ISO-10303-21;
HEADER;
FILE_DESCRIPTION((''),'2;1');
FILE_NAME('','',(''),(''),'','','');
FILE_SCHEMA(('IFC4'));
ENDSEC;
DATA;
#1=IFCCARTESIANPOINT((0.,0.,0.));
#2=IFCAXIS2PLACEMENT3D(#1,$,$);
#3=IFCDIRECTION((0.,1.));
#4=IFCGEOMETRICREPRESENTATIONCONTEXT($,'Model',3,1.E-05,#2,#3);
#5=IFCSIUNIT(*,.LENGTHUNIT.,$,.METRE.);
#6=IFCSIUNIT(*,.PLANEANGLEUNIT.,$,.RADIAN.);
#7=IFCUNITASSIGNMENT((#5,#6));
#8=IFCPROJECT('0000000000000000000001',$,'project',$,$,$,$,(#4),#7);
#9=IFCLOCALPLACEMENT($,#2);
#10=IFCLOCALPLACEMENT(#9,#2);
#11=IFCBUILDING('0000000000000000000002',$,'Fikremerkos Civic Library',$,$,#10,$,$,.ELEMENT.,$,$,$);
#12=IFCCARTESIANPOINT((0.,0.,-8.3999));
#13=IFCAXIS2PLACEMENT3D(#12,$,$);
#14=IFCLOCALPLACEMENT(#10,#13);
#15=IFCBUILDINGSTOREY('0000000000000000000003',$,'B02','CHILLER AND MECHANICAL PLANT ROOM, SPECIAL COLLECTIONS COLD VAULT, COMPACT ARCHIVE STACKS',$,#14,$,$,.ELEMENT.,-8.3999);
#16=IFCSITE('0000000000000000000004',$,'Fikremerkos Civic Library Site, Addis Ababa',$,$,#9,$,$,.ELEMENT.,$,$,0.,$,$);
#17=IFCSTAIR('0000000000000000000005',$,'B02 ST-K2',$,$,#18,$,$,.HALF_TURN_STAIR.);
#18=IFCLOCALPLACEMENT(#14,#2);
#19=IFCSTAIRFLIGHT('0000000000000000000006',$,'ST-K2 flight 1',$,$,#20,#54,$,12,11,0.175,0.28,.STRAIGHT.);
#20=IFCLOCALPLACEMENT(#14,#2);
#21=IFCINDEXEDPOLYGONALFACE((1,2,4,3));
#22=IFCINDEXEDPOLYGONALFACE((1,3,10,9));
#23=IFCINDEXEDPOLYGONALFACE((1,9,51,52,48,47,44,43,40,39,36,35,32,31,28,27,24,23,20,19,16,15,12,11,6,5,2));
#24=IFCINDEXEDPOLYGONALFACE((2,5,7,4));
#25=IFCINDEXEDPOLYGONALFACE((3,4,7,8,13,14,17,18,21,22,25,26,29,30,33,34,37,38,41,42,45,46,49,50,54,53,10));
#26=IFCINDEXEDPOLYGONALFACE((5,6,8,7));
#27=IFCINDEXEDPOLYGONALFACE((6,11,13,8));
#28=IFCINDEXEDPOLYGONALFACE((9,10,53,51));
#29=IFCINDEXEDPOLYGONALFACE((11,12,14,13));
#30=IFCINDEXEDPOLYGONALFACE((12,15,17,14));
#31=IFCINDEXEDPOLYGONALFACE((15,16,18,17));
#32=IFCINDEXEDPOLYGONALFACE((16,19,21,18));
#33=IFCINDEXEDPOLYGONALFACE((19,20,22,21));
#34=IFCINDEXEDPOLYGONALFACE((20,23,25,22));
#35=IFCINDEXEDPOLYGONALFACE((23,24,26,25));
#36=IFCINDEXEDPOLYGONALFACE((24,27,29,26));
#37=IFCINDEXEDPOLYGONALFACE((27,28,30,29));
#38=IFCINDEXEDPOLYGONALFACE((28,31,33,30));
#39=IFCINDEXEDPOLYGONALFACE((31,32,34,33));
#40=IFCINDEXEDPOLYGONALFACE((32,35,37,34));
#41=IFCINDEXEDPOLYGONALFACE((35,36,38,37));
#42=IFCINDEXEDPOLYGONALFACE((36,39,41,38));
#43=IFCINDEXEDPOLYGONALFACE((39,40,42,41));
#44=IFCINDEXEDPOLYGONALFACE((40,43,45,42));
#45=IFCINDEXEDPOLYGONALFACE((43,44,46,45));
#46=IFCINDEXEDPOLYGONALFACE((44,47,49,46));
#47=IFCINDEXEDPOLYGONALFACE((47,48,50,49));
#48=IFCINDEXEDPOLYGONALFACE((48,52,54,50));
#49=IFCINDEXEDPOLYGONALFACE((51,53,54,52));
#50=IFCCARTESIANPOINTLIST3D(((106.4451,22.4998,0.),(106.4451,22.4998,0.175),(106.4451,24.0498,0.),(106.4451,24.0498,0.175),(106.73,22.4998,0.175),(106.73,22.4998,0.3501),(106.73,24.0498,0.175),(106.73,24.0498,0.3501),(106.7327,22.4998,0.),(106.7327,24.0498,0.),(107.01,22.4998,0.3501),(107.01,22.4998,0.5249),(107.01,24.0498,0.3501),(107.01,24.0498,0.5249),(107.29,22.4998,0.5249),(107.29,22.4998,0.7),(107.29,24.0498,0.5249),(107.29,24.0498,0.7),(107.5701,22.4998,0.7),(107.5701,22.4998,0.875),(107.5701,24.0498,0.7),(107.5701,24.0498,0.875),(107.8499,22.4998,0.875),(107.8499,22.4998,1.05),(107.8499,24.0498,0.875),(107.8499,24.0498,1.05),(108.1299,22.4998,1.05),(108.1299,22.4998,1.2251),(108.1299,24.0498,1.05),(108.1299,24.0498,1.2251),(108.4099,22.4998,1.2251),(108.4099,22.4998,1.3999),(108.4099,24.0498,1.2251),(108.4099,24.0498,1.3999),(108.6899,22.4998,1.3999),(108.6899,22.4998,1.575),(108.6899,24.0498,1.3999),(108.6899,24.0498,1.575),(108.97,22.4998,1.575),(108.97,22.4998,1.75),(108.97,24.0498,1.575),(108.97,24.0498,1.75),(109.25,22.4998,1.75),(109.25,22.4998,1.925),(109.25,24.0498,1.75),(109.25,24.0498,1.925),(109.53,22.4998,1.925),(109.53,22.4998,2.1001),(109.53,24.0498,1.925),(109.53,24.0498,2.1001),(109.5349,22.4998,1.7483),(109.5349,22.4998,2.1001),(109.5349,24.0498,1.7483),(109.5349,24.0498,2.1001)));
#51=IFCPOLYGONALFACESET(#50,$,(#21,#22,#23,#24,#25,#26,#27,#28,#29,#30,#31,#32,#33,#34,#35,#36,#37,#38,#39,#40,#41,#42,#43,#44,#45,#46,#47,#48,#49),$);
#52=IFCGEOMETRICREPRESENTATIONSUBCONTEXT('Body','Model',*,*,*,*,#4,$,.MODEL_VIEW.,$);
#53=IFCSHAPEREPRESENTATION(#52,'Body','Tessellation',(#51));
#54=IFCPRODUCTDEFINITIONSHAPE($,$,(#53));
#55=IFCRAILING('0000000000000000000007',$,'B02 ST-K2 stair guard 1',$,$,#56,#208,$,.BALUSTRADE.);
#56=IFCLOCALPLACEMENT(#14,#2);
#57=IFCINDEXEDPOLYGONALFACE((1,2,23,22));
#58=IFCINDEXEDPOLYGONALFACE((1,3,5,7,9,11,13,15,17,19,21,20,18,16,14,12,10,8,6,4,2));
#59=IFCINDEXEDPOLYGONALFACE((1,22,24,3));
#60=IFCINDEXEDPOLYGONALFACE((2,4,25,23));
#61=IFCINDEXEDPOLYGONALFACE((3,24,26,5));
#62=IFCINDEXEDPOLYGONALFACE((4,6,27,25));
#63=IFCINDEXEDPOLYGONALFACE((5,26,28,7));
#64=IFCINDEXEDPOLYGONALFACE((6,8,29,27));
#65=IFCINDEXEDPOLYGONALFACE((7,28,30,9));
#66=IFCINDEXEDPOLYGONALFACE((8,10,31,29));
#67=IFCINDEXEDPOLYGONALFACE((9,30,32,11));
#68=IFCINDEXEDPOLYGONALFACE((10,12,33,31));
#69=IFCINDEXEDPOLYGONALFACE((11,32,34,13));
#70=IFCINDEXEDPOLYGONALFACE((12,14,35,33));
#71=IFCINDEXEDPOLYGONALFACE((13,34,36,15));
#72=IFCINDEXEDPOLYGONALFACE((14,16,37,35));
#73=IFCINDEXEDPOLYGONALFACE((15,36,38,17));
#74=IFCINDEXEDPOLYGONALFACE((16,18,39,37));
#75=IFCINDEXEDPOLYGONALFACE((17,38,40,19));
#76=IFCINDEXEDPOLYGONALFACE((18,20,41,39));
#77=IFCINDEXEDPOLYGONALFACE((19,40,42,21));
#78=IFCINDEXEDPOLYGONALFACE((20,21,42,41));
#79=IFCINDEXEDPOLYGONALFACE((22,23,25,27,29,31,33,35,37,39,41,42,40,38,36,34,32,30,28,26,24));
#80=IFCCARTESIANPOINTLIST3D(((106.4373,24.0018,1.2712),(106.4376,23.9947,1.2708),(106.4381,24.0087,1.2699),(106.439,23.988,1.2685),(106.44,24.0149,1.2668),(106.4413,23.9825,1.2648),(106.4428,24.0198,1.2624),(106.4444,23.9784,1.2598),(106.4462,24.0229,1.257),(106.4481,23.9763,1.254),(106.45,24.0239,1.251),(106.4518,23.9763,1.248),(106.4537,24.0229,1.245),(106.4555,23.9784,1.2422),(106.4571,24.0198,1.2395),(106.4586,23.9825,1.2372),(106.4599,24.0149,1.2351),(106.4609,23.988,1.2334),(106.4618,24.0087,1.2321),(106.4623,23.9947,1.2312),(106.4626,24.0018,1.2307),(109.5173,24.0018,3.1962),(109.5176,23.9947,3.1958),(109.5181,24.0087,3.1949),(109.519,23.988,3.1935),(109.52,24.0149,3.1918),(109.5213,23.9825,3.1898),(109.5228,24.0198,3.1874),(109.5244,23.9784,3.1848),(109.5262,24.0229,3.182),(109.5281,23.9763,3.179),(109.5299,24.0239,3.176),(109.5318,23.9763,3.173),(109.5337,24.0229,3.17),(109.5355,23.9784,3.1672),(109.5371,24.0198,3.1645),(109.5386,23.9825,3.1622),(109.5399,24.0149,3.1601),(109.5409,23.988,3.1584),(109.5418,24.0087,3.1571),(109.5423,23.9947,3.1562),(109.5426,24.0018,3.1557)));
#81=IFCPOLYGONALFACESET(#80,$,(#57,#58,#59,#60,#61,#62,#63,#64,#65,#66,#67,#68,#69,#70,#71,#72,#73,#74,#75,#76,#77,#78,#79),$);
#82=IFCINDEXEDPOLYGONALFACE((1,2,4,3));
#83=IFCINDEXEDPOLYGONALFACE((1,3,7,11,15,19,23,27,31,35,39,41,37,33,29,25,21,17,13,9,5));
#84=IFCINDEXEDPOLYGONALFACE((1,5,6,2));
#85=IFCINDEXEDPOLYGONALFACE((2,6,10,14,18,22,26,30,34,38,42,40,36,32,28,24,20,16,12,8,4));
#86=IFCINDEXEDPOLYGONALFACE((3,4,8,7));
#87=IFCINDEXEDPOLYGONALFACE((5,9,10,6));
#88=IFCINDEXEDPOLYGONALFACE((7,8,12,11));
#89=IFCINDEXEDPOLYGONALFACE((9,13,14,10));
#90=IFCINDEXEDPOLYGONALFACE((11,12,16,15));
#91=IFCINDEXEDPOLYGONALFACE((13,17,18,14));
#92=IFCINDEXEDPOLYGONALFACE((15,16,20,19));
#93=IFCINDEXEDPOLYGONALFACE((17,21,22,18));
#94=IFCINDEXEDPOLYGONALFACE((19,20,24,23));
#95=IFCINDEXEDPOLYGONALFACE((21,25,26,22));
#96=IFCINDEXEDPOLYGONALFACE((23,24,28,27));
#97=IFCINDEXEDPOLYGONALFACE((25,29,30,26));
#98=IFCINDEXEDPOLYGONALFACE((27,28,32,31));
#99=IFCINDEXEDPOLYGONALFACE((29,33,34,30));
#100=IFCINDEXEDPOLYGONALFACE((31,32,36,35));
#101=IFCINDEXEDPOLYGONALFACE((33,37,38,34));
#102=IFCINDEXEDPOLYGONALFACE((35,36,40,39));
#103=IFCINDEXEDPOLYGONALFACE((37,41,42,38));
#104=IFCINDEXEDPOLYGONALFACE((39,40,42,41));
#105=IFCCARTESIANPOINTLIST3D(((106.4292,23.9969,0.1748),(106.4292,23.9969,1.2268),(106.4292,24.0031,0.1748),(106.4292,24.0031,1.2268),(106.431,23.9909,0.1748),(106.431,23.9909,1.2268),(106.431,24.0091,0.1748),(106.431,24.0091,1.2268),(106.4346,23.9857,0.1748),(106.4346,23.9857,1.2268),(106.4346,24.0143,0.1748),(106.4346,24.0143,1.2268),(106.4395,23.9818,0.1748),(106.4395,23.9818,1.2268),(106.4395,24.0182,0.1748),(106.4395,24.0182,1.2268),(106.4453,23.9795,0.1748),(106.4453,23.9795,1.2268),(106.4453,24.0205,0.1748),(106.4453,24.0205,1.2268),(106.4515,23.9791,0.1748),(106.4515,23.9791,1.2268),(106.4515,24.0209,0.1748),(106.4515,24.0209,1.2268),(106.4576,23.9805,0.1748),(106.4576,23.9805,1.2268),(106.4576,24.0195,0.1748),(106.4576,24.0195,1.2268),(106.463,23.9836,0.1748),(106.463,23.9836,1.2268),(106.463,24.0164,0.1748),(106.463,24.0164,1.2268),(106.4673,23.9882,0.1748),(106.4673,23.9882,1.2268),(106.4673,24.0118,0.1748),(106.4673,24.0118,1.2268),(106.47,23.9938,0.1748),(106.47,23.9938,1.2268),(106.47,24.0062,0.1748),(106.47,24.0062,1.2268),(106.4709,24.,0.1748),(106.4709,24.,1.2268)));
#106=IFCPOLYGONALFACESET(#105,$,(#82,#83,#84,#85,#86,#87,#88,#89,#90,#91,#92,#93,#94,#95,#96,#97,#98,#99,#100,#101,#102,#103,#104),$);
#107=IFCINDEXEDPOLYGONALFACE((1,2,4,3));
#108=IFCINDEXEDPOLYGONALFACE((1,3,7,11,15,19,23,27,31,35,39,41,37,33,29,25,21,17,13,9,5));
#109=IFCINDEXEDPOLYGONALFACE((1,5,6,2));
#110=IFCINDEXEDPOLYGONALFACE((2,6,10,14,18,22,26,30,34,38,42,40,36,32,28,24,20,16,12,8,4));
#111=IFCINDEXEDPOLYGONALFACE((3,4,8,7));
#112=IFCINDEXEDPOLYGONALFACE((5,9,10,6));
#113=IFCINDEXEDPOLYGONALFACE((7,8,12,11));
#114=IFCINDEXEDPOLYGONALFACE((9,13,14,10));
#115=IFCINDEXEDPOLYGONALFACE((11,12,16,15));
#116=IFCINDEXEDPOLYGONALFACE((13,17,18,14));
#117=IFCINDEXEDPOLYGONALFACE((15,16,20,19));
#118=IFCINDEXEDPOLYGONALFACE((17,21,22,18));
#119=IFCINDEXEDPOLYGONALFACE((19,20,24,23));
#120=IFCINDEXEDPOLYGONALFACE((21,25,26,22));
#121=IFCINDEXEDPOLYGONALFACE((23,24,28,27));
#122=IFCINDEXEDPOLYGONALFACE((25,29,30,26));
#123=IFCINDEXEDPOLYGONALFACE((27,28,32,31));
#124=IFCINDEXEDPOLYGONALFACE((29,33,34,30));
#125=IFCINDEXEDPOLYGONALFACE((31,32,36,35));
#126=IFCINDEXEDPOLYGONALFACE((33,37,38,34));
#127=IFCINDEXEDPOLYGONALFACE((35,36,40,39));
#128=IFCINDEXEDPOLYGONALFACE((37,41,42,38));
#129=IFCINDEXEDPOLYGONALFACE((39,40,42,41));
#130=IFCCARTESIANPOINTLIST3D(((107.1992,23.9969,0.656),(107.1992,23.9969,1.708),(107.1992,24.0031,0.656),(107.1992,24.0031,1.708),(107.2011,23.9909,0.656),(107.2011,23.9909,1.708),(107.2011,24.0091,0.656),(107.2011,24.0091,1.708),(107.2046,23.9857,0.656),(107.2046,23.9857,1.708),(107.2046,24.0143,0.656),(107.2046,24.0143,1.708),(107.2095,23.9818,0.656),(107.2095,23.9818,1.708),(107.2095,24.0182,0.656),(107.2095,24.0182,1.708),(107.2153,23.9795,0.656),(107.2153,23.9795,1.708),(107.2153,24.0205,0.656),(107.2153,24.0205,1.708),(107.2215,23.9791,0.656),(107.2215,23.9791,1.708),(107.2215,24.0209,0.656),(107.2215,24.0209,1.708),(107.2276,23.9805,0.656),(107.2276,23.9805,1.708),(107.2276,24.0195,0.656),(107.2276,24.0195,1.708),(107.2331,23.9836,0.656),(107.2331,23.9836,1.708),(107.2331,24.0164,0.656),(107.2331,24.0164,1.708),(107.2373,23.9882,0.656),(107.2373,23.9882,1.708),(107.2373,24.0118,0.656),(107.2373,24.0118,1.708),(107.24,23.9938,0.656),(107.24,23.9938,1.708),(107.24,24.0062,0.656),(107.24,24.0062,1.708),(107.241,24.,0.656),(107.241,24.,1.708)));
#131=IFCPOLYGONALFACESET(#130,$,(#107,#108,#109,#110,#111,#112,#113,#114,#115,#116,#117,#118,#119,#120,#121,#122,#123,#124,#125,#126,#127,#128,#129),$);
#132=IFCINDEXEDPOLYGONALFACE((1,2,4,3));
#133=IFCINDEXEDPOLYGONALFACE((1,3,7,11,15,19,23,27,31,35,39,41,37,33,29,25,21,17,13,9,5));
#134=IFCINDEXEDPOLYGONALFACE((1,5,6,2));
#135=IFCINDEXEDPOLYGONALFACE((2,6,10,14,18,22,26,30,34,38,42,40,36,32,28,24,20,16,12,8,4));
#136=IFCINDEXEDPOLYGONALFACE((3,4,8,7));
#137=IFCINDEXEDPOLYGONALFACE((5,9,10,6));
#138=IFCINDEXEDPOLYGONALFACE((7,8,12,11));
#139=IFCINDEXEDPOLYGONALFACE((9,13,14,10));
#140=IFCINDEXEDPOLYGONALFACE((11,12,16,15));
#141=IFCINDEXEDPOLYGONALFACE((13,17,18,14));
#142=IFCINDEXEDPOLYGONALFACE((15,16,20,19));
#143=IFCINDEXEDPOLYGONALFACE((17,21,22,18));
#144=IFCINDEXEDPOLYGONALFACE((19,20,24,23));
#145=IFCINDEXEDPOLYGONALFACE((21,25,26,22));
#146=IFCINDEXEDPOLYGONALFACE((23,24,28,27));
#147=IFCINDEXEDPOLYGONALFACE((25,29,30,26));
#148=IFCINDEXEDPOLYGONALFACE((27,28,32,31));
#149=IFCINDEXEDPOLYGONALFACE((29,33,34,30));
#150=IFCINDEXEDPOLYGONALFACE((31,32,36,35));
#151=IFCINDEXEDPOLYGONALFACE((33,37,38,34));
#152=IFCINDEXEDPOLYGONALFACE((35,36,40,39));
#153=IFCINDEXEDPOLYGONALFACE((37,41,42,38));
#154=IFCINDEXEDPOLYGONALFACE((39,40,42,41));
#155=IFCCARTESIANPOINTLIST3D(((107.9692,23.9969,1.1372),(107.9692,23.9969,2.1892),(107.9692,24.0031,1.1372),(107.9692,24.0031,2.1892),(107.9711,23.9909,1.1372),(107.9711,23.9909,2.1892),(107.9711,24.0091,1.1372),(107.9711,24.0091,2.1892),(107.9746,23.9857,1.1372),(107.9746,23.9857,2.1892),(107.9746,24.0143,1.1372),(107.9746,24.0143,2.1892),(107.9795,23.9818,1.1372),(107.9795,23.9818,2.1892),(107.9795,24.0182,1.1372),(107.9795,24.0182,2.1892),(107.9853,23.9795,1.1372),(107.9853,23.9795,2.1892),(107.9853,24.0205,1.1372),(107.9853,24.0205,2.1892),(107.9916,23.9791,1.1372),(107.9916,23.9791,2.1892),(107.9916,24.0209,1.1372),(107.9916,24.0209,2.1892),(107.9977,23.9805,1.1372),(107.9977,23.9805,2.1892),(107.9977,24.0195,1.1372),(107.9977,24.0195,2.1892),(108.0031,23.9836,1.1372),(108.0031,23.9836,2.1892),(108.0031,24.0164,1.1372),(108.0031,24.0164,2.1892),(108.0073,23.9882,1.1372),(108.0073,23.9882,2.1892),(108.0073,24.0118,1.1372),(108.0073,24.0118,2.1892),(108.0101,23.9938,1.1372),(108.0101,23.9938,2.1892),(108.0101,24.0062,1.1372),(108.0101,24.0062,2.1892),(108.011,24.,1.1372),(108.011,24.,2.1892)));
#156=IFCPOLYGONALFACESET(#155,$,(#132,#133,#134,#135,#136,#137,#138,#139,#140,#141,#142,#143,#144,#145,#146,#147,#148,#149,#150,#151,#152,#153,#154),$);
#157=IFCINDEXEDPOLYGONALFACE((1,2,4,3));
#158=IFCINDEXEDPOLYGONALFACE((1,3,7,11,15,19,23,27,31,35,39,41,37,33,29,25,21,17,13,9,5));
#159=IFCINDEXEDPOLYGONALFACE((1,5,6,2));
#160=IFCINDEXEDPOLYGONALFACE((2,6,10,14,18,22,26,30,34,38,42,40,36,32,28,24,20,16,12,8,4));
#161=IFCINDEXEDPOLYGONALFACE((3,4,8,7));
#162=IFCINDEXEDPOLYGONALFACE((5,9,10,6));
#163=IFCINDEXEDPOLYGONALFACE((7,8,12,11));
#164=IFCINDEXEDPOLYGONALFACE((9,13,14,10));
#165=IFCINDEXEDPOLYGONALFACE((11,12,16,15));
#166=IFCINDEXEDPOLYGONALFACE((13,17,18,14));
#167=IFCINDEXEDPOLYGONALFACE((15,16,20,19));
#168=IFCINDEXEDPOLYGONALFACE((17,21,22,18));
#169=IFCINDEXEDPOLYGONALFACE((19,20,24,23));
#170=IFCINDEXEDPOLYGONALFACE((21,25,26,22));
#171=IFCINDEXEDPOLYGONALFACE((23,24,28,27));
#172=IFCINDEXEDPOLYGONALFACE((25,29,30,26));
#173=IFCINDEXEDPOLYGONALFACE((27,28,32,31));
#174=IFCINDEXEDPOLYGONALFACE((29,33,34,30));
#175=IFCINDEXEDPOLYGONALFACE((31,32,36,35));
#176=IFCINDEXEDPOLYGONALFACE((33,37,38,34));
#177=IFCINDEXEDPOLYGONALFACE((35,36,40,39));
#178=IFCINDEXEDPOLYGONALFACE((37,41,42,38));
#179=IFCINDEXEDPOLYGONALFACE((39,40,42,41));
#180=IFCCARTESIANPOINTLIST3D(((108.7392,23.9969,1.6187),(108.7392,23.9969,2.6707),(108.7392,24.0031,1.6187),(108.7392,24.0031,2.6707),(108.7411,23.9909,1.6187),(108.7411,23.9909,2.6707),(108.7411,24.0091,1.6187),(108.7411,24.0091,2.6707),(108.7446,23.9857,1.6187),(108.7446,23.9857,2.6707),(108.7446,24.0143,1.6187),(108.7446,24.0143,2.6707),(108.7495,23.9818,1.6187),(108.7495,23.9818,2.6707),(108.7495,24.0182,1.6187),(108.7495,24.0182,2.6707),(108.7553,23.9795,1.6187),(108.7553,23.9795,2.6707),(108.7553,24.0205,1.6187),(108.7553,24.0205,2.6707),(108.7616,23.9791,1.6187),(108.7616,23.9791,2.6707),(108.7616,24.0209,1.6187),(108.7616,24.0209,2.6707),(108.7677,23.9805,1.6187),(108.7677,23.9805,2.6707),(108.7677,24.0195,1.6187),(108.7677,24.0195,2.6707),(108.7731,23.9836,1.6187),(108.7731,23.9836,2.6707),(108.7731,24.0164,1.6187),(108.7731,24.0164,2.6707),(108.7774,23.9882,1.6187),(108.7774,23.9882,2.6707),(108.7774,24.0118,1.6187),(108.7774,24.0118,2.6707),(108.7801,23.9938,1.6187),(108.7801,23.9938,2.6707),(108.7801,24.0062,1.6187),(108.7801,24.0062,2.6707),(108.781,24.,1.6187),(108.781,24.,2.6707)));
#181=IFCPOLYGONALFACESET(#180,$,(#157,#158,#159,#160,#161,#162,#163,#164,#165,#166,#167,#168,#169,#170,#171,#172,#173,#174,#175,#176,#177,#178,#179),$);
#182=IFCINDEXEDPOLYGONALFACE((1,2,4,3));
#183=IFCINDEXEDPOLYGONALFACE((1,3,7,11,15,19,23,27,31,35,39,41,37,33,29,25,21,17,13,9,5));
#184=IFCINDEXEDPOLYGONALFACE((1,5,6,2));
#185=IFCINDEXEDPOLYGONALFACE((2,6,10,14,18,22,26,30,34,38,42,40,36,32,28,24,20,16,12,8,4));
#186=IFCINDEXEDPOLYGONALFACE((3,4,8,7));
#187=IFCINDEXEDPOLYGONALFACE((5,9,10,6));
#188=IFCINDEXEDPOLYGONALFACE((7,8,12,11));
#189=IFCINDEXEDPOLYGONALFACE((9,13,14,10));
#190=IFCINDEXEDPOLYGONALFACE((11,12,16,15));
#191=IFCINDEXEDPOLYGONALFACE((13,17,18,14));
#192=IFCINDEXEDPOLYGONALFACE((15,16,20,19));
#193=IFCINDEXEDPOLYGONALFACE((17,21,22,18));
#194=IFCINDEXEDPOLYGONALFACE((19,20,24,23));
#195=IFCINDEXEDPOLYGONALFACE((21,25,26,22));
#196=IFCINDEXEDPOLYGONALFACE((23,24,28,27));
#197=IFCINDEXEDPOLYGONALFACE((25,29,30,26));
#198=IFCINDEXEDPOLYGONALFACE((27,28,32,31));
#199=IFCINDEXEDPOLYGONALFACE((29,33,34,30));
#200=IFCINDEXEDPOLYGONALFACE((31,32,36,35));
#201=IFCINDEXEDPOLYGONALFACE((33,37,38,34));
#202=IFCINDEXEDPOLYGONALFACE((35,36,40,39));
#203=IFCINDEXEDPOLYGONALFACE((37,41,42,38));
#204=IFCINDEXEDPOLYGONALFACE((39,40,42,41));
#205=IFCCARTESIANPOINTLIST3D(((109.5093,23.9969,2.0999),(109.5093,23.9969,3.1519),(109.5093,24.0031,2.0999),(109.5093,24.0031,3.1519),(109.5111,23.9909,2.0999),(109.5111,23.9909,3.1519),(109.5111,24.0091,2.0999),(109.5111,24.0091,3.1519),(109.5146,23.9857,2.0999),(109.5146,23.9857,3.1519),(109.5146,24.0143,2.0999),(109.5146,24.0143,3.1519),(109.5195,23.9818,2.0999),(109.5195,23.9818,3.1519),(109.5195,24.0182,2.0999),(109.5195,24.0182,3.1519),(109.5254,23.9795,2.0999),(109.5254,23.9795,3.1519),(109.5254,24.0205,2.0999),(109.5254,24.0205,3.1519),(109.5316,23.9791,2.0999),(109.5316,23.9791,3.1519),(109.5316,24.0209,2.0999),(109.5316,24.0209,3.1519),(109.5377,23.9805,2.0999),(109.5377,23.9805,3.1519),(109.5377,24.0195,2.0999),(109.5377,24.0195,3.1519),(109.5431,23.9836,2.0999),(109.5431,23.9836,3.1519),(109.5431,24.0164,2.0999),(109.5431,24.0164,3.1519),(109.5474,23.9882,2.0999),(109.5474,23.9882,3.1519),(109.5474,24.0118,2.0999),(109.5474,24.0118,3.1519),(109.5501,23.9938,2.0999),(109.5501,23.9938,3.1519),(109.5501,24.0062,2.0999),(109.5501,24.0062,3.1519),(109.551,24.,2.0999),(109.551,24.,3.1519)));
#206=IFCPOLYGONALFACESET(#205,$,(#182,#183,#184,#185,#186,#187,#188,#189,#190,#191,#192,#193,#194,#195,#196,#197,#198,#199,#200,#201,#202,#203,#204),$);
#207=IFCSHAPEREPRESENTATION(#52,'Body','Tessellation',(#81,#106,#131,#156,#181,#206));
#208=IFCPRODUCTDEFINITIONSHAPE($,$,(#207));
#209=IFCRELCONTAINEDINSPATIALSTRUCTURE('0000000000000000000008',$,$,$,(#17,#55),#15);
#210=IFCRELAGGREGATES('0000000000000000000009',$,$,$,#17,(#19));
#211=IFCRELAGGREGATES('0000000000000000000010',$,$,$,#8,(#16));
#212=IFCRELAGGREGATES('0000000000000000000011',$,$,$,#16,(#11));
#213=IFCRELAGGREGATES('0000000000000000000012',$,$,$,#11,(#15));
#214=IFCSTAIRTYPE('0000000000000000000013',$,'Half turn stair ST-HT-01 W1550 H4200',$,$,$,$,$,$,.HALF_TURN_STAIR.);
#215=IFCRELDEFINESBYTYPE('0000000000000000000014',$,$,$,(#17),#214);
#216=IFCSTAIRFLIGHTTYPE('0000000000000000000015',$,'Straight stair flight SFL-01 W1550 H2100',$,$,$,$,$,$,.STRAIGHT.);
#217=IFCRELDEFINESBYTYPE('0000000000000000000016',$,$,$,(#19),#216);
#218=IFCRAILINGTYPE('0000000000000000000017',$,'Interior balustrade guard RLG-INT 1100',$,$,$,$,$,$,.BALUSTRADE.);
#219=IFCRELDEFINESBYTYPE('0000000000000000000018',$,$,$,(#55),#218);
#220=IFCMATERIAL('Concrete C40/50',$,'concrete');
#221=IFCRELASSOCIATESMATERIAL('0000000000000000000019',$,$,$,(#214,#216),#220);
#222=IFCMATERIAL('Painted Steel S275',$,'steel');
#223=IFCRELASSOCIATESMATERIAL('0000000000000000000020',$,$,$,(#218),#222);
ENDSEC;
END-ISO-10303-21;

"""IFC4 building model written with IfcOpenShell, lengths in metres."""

from ifc_helpers import new_model, si_unit, direction, frame, origin, origin_2d, place, context, subcontext, project, spatial, polyline, circle, outline, extrude, material, type_object, element, aggregate, save


model = new_model("IFC4")

# Units and contexts
model_context = context("Model", 3, precision=1e-05, world=origin(), true_north=direction((0.0, 1.0)))
body_context = subcontext(model_context, "Body", "Model", "MODEL_VIEW")
ifc_project = project(units=[si_unit("LENGTHUNIT", "METRE"), si_unit("PLANEANGLEUNIT", "RADIAN")], contexts=[model_context])

# Site, building, storey
site_placement = place(None, origin())
site = spatial("IfcSite", under=ifc_project, at=site_placement, Name="Fikremerkos Civic Library Site, Addis Ababa", CompositionType="ELEMENT", RefElevation=0.0)
building_placement = place(site_placement, origin())
building = spatial("IfcBuilding", under=site, at=building_placement, Name="Fikremerkos Civic Library", CompositionType="ELEMENT")
storey_placement = place(building_placement, frame((0.0, 0.0, -8.3999)))
storey = spatial("IfcBuildingStorey", under=building, at=storey_placement, Name="B02", Description="CHILLER AND MECHANICAL PLANT ROOM, SPECIAL COLLECTIONS COLD VAULT, COMPACT ARCHIVE STACKS", CompositionType="ELEMENT", Elevation=-8.3999)

# Shared definitions
ifc_material_1 = material(Name="Concrete C40/50", Category="concrete")

# Stair, stair flight
stair_type = type_object("IfcStairType", Name="Half turn stair ST-HT-01 W1550 H4200", PredefinedType="HALF_TURN_STAIR", material=ifc_material_1)
stair_placement = place(storey_placement, origin())
stair = element("IfcStair", 1, at=stair_placement, inside=storey, type_object=stair_type, Name="B02 ST-K2", PredefinedType="HALF_TURN_STAIR")
stair_flight_type = type_object("IfcStairFlightType", Name="Straight stair flight SFL-01 W1550 H2100", PredefinedType="STRAIGHT", material=ifc_material_1)
stair_flight_placement = place(storey_placement, frame((106.45, 23.2749, 0.0), z_axis=(0.0, 0.0, 1.0), x_axis=(1.0, 0.0, 0.0)))
stair_flight = element("IfcStairFlight", 2, at=stair_flight_placement, type_object=stair_flight_type, Name="ST-K2 flight 1", NumberOfRisers=12, NumberOfTreads=11, PredefinedType="STRAIGHT", RiserHeight=0.175, TreadLength=0.28, context=body_context, shape_type="SweptSolid", body=[
    extrude(outline(polyline([(-0.0049, 0.0), (-0.0049, 0.175), (0.28, 0.175), (0.28, 0.3501), (0.5601, 0.3501), (0.5601, 0.5249), (0.8401, 0.5249), (0.8401, 0.7), (1.1201, 0.7), (1.1201, 0.875), (1.3999, 0.875), (1.3999, 1.05), (1.6799, 1.05), (1.6799, 1.2251), (1.96, 1.2251), (1.96, 1.3999), (2.24, 1.3999), (2.24, 1.575), (2.52, 1.575), (2.52, 1.75), (2.8, 1.75), (2.8, 1.925), (3.0801, 1.925), (3.0801, 2.1001), (3.085, 2.1001), (3.085, 1.7483), (0.2827, 0.0), (-0.0049, 0.0)])), frame((0.0, 0.7749, 0.0), z_axis=(0.0, -1.0, 0.0), x_axis=(1.0, 0.0, 0.0)), (0.0, 0.0, 1.0), 1.55),
])
aggregate(stair, [stair_flight])

# Railing
ifc_material_2 = material(Name="Painted Steel S275", Category="steel")
railing_type_1 = type_object("IfcRailingType", Name="Interior balustrade guard RLG-INT 1100", PredefinedType="BALUSTRADE", material=ifc_material_2)
railing_1_placement = place(storey_placement, frame((106.45, 24.0, 0.1748)))
element("IfcRailing", 3, at=railing_1_placement, inside=storey, type_object=railing_type_1, Name="B02 ST-K2 stair guard 1", PredefinedType="BALUSTRADE", context=body_context, shape_type="SweptSolid", body=[
    extrude(circle(Radius=0.0239, at=origin_2d()), frame((0.0, 0.0, 1.0762), z_axis=(0.847998, 0.0, 0.529999), x_axis=(0.0, 1.0, 0.0)), (0.0, 0.0, 1.0), 3.6321),
    extrude(circle(Radius=0.021, at=origin_2d()), origin(), (0.0, 0.0, 1.0), 1.052),
    extrude(circle(Radius=0.021, at=origin_2d()), frame((0.77, 0.0, 0.4812)), (0.0, 0.0, 1.0), 1.052),
    extrude(circle(Radius=0.021, at=origin_2d()), frame((1.54, 0.0, 0.9624)), (0.0, 0.0, 1.0), 1.052),
    extrude(circle(Radius=0.021, at=origin_2d()), frame((2.3101, 0.0, 1.4438)), (0.0, 0.0, 1.0), 1.052),
    extrude(circle(Radius=0.021, at=origin_2d()), frame((3.0801, 0.0, 1.925)), (0.0, 0.0, 1.0), 1.052),
])

save(model, "model.ifc")
